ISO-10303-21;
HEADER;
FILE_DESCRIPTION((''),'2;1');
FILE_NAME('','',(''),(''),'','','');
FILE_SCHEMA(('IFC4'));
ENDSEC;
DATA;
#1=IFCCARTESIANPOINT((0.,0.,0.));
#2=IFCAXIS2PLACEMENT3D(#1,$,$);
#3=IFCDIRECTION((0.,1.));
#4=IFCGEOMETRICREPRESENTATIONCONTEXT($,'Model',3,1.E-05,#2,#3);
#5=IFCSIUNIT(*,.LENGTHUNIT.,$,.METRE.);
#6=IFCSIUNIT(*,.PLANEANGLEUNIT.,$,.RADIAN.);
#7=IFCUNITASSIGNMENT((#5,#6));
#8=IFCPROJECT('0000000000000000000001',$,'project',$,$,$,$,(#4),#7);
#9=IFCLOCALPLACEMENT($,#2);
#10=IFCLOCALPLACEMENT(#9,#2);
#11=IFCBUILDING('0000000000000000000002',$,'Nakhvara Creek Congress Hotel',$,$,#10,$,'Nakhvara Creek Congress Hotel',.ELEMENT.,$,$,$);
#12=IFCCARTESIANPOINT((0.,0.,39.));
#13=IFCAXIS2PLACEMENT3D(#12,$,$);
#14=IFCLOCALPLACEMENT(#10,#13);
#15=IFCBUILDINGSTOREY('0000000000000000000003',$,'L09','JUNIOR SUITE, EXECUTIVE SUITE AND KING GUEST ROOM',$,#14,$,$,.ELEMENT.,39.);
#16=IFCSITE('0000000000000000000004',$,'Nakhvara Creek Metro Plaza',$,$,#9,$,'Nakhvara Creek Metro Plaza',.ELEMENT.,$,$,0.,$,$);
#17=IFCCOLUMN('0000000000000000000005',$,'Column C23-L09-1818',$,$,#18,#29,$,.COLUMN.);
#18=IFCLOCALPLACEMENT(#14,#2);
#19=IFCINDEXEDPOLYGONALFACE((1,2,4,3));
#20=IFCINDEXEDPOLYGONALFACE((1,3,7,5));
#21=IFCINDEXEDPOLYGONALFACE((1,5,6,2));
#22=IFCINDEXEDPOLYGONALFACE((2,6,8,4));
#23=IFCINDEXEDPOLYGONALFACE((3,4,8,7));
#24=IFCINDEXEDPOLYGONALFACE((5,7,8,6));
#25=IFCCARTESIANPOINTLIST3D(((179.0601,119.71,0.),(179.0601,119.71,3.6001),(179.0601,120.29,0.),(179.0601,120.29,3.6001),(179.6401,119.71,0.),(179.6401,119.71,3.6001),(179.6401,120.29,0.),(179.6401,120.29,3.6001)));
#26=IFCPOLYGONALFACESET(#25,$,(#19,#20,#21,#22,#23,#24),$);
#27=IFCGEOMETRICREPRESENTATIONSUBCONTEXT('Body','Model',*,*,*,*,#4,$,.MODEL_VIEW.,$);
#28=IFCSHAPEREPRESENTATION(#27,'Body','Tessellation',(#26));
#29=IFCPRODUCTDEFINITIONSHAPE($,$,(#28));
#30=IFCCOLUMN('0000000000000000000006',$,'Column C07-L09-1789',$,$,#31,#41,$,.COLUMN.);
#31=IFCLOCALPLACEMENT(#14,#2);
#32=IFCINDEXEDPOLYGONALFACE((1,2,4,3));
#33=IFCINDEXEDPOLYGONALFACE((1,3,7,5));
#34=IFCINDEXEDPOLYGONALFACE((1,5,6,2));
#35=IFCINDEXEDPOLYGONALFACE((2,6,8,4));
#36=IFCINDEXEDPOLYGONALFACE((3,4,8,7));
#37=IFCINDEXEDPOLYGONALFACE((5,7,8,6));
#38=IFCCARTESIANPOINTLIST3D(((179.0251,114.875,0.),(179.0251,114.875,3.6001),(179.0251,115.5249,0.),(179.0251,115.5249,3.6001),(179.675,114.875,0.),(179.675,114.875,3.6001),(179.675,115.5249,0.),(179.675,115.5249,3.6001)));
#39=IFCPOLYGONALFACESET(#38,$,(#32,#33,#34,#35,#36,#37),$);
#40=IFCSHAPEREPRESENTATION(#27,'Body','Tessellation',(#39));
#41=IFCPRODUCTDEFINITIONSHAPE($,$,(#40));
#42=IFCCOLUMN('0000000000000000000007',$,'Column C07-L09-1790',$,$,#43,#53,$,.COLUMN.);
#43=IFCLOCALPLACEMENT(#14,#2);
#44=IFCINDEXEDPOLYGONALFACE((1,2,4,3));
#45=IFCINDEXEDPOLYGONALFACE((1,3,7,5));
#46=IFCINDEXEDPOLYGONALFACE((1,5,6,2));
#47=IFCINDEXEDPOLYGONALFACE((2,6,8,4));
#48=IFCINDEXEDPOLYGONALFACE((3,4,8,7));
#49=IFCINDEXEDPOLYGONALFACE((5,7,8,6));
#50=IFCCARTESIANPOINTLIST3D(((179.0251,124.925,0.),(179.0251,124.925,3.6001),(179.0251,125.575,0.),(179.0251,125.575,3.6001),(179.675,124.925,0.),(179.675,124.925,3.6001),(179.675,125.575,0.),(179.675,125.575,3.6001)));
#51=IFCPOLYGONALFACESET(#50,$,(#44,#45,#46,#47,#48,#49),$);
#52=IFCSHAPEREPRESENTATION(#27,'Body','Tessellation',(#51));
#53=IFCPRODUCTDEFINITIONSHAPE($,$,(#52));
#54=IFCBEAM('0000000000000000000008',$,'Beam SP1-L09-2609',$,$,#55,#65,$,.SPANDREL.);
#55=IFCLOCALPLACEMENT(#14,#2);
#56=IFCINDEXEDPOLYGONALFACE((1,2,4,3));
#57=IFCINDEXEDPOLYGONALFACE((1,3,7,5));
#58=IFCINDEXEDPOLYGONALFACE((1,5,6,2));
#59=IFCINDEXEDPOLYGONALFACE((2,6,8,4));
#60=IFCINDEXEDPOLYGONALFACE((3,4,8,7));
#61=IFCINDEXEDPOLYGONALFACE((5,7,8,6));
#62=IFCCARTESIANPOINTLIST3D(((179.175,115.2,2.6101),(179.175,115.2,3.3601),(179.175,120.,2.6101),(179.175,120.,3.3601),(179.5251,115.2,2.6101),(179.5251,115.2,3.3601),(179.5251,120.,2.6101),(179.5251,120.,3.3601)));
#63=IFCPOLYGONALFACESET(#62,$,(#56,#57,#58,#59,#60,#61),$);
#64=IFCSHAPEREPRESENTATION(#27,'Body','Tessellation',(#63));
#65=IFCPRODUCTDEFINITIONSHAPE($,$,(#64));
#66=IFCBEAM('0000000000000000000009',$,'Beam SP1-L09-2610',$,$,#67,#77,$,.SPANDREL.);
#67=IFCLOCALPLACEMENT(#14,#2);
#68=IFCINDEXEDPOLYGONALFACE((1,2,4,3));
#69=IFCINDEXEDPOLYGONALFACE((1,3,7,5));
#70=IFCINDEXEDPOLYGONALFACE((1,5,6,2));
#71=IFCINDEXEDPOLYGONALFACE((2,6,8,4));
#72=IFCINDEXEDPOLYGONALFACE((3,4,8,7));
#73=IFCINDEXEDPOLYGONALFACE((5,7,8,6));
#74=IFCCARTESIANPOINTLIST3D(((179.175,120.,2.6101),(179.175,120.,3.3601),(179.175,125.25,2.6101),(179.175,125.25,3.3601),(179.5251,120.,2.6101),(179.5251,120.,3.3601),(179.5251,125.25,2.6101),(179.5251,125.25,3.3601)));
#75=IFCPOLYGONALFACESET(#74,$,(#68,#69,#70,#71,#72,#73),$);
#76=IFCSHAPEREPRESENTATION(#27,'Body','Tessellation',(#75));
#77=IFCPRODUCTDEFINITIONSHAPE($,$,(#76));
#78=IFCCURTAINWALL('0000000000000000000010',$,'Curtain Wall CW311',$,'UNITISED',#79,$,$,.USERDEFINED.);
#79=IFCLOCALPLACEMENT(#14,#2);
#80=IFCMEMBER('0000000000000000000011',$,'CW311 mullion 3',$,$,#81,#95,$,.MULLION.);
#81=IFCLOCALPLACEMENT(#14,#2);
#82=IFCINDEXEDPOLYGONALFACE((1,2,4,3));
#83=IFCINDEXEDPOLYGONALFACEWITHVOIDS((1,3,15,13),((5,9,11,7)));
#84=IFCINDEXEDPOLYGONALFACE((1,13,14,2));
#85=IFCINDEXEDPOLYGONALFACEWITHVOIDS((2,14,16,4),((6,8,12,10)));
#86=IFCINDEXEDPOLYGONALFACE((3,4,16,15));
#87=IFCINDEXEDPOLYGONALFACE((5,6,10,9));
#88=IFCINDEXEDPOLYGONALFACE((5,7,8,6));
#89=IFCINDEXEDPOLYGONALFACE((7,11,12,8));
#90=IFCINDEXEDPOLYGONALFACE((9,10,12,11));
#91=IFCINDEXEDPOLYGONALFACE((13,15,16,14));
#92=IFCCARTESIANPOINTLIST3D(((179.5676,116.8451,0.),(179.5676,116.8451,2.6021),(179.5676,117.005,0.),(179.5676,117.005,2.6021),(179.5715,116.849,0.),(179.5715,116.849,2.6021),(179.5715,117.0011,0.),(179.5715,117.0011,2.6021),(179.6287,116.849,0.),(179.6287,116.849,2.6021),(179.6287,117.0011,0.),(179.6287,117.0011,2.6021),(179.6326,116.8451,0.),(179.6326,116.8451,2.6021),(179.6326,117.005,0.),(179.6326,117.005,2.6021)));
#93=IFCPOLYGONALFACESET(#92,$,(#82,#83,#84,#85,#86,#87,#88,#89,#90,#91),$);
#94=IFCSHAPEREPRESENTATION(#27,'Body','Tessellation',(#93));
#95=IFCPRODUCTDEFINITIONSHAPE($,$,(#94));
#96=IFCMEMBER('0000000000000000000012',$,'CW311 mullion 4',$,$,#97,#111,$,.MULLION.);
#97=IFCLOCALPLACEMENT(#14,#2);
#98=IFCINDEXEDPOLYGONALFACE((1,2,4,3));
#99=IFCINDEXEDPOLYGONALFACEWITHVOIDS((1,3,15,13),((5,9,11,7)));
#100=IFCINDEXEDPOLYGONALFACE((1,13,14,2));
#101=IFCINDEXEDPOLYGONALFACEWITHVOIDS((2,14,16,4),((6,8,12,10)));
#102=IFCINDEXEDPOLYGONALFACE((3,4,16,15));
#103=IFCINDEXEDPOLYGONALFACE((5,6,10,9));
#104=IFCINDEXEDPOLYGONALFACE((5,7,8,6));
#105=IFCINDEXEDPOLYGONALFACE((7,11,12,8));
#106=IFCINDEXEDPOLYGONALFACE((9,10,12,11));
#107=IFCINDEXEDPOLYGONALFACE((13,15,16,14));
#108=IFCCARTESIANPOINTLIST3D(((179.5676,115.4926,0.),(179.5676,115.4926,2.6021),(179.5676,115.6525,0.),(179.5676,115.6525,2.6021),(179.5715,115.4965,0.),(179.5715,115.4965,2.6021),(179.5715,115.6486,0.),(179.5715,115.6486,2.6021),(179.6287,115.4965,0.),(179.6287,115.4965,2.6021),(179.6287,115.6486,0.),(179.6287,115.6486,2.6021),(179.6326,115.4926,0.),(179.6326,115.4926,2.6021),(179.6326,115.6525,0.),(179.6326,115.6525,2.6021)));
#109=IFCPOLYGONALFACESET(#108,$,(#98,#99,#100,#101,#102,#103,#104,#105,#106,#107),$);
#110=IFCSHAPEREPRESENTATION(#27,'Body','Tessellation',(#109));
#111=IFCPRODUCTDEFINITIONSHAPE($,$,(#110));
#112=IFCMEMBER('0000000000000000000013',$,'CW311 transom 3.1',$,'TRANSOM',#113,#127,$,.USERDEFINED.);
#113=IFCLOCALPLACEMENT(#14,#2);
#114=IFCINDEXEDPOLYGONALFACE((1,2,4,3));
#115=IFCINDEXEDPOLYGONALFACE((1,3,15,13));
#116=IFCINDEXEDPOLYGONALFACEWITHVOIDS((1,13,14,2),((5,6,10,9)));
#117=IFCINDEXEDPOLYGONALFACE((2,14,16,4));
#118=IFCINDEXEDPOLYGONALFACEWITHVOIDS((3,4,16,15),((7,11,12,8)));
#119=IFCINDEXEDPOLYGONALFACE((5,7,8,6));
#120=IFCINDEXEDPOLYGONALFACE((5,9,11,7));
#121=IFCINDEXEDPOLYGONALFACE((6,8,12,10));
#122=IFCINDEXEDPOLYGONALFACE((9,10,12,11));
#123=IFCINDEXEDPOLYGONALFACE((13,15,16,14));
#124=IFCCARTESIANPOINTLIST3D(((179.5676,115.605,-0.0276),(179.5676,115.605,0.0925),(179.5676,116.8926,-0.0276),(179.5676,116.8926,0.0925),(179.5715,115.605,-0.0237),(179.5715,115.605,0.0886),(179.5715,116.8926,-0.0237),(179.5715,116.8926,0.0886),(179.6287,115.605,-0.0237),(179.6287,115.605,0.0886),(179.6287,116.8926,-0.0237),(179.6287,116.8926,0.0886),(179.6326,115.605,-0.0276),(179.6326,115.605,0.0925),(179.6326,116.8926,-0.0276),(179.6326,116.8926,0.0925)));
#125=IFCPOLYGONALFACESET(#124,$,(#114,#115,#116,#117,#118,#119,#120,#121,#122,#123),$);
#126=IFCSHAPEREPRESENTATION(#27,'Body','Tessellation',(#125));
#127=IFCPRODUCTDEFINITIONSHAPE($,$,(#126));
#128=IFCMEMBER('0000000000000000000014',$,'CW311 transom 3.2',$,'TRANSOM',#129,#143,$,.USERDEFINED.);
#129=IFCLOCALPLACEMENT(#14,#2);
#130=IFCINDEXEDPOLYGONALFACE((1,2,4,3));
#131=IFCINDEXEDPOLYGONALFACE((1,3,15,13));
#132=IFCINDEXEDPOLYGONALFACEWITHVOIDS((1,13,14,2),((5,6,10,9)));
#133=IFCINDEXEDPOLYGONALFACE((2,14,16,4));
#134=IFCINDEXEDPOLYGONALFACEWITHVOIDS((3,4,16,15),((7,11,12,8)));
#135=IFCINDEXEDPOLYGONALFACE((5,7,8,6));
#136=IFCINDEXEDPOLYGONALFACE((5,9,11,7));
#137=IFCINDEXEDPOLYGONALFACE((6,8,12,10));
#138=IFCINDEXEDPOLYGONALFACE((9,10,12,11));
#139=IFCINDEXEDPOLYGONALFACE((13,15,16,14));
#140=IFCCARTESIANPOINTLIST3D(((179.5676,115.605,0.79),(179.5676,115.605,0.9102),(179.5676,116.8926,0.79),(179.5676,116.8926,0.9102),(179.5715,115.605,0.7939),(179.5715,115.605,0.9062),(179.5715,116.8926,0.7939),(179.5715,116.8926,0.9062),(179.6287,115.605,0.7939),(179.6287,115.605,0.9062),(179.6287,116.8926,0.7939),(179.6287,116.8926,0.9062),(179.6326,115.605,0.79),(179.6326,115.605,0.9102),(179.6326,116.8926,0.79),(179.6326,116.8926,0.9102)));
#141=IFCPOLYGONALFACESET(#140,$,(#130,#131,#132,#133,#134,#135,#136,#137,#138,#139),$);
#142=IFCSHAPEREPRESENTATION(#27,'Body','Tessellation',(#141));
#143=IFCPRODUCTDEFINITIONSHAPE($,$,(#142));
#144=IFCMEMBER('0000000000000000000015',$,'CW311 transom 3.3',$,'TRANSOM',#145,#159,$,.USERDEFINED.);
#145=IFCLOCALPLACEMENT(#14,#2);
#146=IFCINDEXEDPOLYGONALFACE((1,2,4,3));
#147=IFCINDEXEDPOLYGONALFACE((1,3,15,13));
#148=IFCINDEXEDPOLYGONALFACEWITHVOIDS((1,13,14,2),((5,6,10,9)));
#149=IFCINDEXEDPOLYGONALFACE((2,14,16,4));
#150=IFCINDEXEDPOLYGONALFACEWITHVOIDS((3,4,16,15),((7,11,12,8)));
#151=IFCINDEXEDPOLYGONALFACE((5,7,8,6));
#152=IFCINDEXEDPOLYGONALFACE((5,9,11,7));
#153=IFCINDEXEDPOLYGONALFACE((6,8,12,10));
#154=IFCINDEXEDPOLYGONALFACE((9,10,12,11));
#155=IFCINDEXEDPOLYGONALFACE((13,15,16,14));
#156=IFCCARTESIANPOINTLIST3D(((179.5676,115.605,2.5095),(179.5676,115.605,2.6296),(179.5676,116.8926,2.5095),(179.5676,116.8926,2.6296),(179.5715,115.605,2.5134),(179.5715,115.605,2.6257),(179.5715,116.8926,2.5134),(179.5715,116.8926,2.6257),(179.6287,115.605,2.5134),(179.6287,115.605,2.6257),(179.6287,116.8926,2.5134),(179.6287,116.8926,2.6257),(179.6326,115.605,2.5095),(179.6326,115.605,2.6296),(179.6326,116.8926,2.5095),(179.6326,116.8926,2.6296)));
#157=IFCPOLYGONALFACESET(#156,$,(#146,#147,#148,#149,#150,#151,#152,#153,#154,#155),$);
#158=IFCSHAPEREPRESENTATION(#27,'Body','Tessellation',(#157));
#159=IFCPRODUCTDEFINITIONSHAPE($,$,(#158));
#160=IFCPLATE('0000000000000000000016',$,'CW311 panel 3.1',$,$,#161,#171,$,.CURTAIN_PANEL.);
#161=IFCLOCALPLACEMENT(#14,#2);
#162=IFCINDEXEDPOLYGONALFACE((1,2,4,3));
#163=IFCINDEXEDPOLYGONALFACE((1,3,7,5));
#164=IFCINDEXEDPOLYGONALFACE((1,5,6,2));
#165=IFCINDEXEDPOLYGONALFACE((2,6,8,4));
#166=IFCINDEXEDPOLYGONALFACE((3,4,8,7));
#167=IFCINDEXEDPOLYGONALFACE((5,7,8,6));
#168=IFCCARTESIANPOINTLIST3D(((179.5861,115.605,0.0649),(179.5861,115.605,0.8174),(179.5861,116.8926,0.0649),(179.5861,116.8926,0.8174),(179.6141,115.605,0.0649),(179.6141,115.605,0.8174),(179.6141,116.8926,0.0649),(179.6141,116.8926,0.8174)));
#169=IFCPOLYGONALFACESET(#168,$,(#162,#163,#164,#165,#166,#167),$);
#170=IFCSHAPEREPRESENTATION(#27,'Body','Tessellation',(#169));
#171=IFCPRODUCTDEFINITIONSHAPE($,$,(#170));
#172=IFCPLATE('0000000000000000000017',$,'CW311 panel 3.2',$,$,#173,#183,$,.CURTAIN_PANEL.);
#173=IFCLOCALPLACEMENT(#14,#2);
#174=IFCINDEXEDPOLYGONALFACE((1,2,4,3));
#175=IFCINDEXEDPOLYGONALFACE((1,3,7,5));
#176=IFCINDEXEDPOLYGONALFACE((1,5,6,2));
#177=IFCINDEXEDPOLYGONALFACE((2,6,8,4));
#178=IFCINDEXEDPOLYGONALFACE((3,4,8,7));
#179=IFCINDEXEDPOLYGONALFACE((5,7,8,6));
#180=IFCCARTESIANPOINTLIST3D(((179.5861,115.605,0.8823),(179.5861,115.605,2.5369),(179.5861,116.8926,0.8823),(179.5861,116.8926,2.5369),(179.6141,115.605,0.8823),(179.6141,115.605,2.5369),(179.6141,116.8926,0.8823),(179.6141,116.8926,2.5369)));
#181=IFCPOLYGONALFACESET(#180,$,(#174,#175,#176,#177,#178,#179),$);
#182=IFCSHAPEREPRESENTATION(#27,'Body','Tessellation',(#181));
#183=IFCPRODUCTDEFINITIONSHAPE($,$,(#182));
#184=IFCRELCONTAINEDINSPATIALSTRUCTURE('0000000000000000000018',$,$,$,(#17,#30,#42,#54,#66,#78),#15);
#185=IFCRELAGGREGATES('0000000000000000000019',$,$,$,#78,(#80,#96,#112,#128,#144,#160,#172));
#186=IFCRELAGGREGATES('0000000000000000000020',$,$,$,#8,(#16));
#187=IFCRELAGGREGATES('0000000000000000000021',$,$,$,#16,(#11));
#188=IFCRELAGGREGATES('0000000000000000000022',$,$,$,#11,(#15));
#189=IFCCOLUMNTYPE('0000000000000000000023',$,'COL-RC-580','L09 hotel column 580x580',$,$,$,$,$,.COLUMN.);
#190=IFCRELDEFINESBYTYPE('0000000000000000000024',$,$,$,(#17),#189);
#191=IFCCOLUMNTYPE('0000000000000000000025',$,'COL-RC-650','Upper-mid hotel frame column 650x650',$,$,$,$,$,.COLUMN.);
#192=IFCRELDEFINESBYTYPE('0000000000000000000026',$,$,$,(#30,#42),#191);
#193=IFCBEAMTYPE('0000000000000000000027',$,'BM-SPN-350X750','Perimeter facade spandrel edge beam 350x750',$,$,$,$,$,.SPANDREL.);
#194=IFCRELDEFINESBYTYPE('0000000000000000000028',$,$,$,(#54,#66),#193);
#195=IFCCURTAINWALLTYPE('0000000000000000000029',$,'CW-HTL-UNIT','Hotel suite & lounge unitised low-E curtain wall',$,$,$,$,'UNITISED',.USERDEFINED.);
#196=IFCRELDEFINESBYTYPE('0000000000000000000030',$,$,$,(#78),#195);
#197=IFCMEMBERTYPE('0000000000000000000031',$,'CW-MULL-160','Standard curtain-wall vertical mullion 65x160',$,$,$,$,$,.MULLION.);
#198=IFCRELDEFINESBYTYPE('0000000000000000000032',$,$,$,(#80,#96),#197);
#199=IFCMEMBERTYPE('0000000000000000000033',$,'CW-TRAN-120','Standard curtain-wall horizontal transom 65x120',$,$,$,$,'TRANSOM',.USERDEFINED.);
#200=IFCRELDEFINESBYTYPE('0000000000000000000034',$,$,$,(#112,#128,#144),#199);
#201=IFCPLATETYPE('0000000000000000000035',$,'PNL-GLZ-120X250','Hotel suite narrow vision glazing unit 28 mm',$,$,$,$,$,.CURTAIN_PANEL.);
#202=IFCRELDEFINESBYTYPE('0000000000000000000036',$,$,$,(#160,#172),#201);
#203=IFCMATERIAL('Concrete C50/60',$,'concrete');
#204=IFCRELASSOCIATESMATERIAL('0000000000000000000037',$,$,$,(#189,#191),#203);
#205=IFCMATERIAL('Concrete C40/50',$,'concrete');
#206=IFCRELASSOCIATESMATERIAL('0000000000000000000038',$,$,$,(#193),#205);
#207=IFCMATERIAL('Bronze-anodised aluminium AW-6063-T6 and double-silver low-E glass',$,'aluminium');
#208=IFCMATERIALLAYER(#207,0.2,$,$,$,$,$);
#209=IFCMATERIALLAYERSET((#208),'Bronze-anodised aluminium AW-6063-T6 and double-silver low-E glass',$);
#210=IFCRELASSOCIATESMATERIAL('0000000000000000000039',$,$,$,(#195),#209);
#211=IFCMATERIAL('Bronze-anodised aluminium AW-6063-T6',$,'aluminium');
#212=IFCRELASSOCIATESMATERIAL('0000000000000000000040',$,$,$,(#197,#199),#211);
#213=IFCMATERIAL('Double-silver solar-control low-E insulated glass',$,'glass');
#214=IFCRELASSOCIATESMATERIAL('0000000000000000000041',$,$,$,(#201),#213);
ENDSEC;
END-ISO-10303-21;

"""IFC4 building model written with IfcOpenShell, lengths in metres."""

from ifc_helpers import new_model, si_unit, direction, frame, origin, origin_2d, place, context, subcontext, project, spatial, rectangle, hollow_rectangle, extrude, material, layer, layer_set, material_profile, profile_set, type_object, element, aggregate, save


model = new_model("IFC4")

# Units and contexts
model_context = context("Model", 3, precision=1e-05, world=origin(), true_north=direction((0.0, 1.0)))
body_context = subcontext(model_context, "Body", "Model", "MODEL_VIEW")
ifc_project = project(units=[si_unit("LENGTHUNIT", "METRE"), si_unit("PLANEANGLEUNIT", "RADIAN")], contexts=[model_context])

# Site, building, storey
site_placement = place(None, origin())
site = spatial("IfcSite", under=ifc_project, at=site_placement, Name="Nakhvara Creek Metro Plaza", LongName="Nakhvara Creek Metro Plaza", CompositionType="ELEMENT", RefElevation=0.0)
building_placement = place(site_placement, origin())
building = spatial("IfcBuilding", under=site, at=building_placement, Name="Nakhvara Creek Congress Hotel", LongName="Nakhvara Creek Congress Hotel", CompositionType="ELEMENT")
storey_placement = place(building_placement, frame((0.0, 0.0, 39.0)))
storey = spatial("IfcBuildingStorey", under=building, at=storey_placement, Name="L09", Description="JUNIOR SUITE, EXECUTIVE SUITE AND KING GUEST ROOM", CompositionType="ELEMENT", Elevation=39.0)

# Columns
ifc_material_1 = material(Name="Concrete C50/60", Category="concrete")
ifc_material_profile_1 = material_profile(ifc_material_1, rectangle(XDim=0.5801, YDim=0.5801, at=origin_2d()), Name="RC-COL 580x580", Category="LoadBearing")
ifc_profile_set_1 = profile_set([ifc_material_profile_1], Name="Concrete C50/60")
column_type_1 = type_object("IfcColumnType", Name="COL-RC-580", Description="L09 hotel column 580x580", PredefinedType="COLUMN", material=ifc_profile_set_1)
column_placement = place(storey_placement, frame((179.3501, 120.0, 0.0), z_axis=(0.0, 0.0, 1.0), x_axis=(1.0, 0.0, 0.0)))
element("IfcColumn", 1, at=column_placement, inside=storey, type_object=column_type_1, Name="Column C23-L09-1818", PredefinedType="COLUMN", context=body_context, shape_type="SweptSolid", body=[
    extrude(rectangle(XDim=0.5801, YDim=0.5801, at=origin_2d()), origin(), (0.0, 0.0, 1.0), 3.6001),
])
ifc_material_profile_2 = material_profile(ifc_material_1, rectangle(XDim=0.6499, YDim=0.6499, at=origin_2d()), Name="RC-COL 650x650", Category="LoadBearing")
ifc_profile_set_2 = profile_set([ifc_material_profile_2], Name="Concrete C50/60")
column_type_2 = type_object("IfcColumnType", Name="COL-RC-650", Description="Upper-mid hotel frame column 650x650", PredefinedType="COLUMN", material=ifc_profile_set_2)
for number, where, z_axis, x_axis, name in (
    (2, (179.3501, 115.2, 0.0), (0.0, 0.0, 1.0), (1.0, 0.0, 0.0), "Column C07-L09-1789"),
    (3, (179.3501, 125.25, 0.0), (0.0, 0.0, 1.0), (1.0, 0.0, 0.0), "Column C07-L09-1790"),
):
    element("IfcColumn", number, at=place(storey_placement, frame(where, z_axis=z_axis, x_axis=x_axis)), inside=storey, type_object=column_type_2, Name=name, PredefinedType="COLUMN", context=body_context, shape_type="SweptSolid", body=[
        extrude(rectangle(XDim=0.6499, YDim=0.6499, at=origin_2d()), origin(), (0.0, 0.0, 1.0), 3.6001),
    ])

# Beams
ifc_material_2 = material(Name="Concrete C40/50", Category="concrete")
ifc_material_profile_3 = material_profile(ifc_material_2, rectangle(XDim=0.3501, YDim=0.75, at=origin_2d()), Name="RC-SPANDREL 350x750", Category="LoadBearing")
ifc_profile_set_3 = profile_set([ifc_material_profile_3], Name="Concrete C40/50")
beam_type = type_object("IfcBeamType", Name="BM-SPN-350X750", Description="Perimeter facade spandrel edge beam 350x750", PredefinedType="SPANDREL", material=ifc_profile_set_3)
beam_1_placement = place(storey_placement, frame((179.3501, 115.2, 2.9851), z_axis=(0.0, 1.0, 0.0), x_axis=(-1.0, 0.0, 0.0)))
element("IfcBeam", 4, at=beam_1_placement, inside=storey, type_object=beam_type, Name="Beam SP1-L09-2609", PredefinedType="SPANDREL", context=body_context, shape_type="SweptSolid", body=[
    extrude(rectangle(XDim=0.3501, YDim=0.75, at=origin_2d()), origin(), (0.0, 0.0, 1.0), 4.8),
])
beam_2_placement = place(storey_placement, frame((179.3501, 120.0, 2.9851), z_axis=(0.0, 1.0, 0.0), x_axis=(-1.0, 0.0, 0.0)))
element("IfcBeam", 5, at=beam_2_placement, inside=storey, type_object=beam_type, Name="Beam SP1-L09-2610", PredefinedType="SPANDREL", context=body_context, shape_type="SweptSolid", body=[
    extrude(rectangle(XDim=0.3501, YDim=0.75, at=origin_2d()), origin(), (0.0, 0.0, 1.0), 5.25),
])

# Curtain wall, members, plates
ifc_material_3 = material(Name="Bronze-anodised aluminium AW-6063-T6 and double-silver low-E glass", Category="aluminium")
ifc_layer_1 = layer(ifc_material_3, 0.2)
ifc_layer_set_1 = layer_set([ifc_layer_1], Name="Bronze-anodised aluminium AW-6063-T6 and double-silver low-E glass")
curtain_wall_type = type_object("IfcCurtainWallType", Name="CW-HTL-UNIT", Description="Hotel suite & lounge unitised low-E curtain wall", ElementType="UNITISED", PredefinedType="USERDEFINED", material=ifc_layer_set_1)
curtain_wall_placement = place(storey_placement, origin())
curtain_wall = element("IfcCurtainWall", 6, at=curtain_wall_placement, inside=storey, type_object=curtain_wall_type, Name="Curtain Wall CW311", ObjectType="UNITISED", PredefinedType="USERDEFINED")
ifc_material_4 = material(Name="Bronze-anodised aluminium AW-6063-T6", Category="aluminium")
ifc_material_profile_4 = material_profile(ifc_material_4, hollow_rectangle(XDim=0.0649, YDim=0.1599, WallThickness=0.0039, at=origin_2d()), Name="ALU-MULL 65x160x4", Category="LoadBearing")
ifc_profile_set_4 = profile_set([ifc_material_profile_4], Name="Bronze-anodised aluminium AW-6063-T6")
member_type_1 = type_object("IfcMemberType", Name="CW-MULL-160", Description="Standard curtain-wall vertical mullion 65x160", PredefinedType="MULLION", material=ifc_profile_set_4)
member_1_placement = place(storey_placement, frame((179.6001, 116.925, 0.0), z_axis=(0.0, 0.0, 1.0), x_axis=(1.0, 0.0, 0.0)))
member_1 = element("IfcMember", 7, at=member_1_placement, type_object=member_type_1, Name="CW311 mullion 3", PredefinedType="MULLION", context=body_context, shape_type="SweptSolid", body=[
    extrude(hollow_rectangle(XDim=0.0649, YDim=0.1599, WallThickness=0.0039, at=origin_2d()), origin(), (0.0, 0.0, 1.0), 2.6021),
])
member_2_placement = place(storey_placement, frame((179.6001, 115.5725, 0.0), z_axis=(0.0, 0.0, 1.0), x_axis=(1.0, 0.0, 0.0)))
member_2 = element("IfcMember", 8, at=member_2_placement, type_object=member_type_1, Name="CW311 mullion 4", PredefinedType="MULLION", context=body_context, shape_type="SweptSolid", body=[
    extrude(hollow_rectangle(XDim=0.0649, YDim=0.1599, WallThickness=0.0039, at=origin_2d()), origin(), (0.0, 0.0, 1.0), 2.6021),
])
ifc_material_profile_5 = material_profile(ifc_material_4, hollow_rectangle(XDim=0.0649, YDim=0.1201, WallThickness=0.0039, at=origin_2d()), Name="ALU-TRAN 65x120x4", Category="LoadBearing")
ifc_profile_set_5 = profile_set([ifc_material_profile_5], Name="Bronze-anodised aluminium AW-6063-T6")
member_type_2 = type_object("IfcMemberType", Name="CW-TRAN-120", Description="Standard curtain-wall horizontal transom 65x120", ElementType="TRANSOM", PredefinedType="USERDEFINED", material=ifc_profile_set_5)
member_3_placement = place(storey_placement, frame((179.6001, 116.8926, 0.0325), z_axis=(0.0, -1.0, 0.0), x_axis=(1.0, 0.0, 0.0)))
member_3 = element("IfcMember", 9, at=member_3_placement, type_object=member_type_2, Name="CW311 transom 3.1", ObjectType="TRANSOM", PredefinedType="USERDEFINED", context=body_context, shape_type="SweptSolid", body=[
    extrude(hollow_rectangle(XDim=0.0649, YDim=0.1201, WallThickness=0.0039, at=origin_2d()), origin(), (0.0, 0.0, 1.0), 1.2876),
])
member_4_placement = place(storey_placement, frame((179.6001, 116.8926, 0.8501), z_axis=(0.0, -1.0, 0.0), x_axis=(1.0, 0.0, 0.0)))
member_4 = element("IfcMember", 10, at=member_4_placement, type_object=member_type_2, Name="CW311 transom 3.2", ObjectType="TRANSOM", PredefinedType="USERDEFINED", context=body_context, shape_type="SweptSolid", body=[
    extrude(hollow_rectangle(XDim=0.0649, YDim=0.1201, WallThickness=0.0039, at=origin_2d()), origin(), (0.0, 0.0, 1.0), 1.2876),
])
member_5_placement = place(storey_placement, frame((179.6001, 116.8926, 2.5696), z_axis=(0.0, -1.0, 0.0), x_axis=(1.0, 0.0, 0.0)))
member_5 = element("IfcMember", 11, at=member_5_placement, type_object=member_type_2, Name="CW311 transom 3.3", ObjectType="TRANSOM", PredefinedType="USERDEFINED", context=body_context, shape_type="SweptSolid", body=[
    extrude(hollow_rectangle(XDim=0.0649, YDim=0.1201, WallThickness=0.0039, at=origin_2d()), origin(), (0.0, 0.0, 1.0), 1.2876),
])
ifc_material_5 = material(Name="Double-silver solar-control low-E insulated glass", Category="glass")
plate_type = type_object("IfcPlateType", Name="PNL-GLZ-120X250", Description="Hotel suite narrow vision glazing unit 28 mm", PredefinedType="CURTAIN_PANEL", material=ifc_material_5)
plate_1_placement = place(storey_placement, frame((179.6001, 116.2488, 0.0649), z_axis=(0.0, 0.0, 1.0), x_axis=(0.0, -1.0, 0.0)))
plate_1 = element("IfcPlate", 12, at=plate_1_placement, type_object=plate_type, Name="CW311 panel 3.1", PredefinedType="CURTAIN_PANEL", context=body_context, shape_type="SweptSolid", body=[
    extrude(rectangle(XDim=1.2876, YDim=0.0281, at=origin_2d()), origin(), (0.0, 0.0, 1.0), 0.7524),
])
plate_2_placement = place(storey_placement, frame((179.6001, 116.2488, 0.8823), z_axis=(0.0, 0.0, 1.0), x_axis=(0.0, -1.0, 0.0)))
plate_2 = element("IfcPlate", 13, at=plate_2_placement, type_object=plate_type, Name="CW311 panel 3.2", PredefinedType="CURTAIN_PANEL", context=body_context, shape_type="SweptSolid", body=[
    extrude(rectangle(XDim=1.2876, YDim=0.0281, at=origin_2d()), origin(), (0.0, 0.0, 1.0), 1.6545),
])
aggregate(curtain_wall, [member_1, member_2, member_3, member_4, member_5, plate_1, plate_2])

save(model, "model.ifc")
